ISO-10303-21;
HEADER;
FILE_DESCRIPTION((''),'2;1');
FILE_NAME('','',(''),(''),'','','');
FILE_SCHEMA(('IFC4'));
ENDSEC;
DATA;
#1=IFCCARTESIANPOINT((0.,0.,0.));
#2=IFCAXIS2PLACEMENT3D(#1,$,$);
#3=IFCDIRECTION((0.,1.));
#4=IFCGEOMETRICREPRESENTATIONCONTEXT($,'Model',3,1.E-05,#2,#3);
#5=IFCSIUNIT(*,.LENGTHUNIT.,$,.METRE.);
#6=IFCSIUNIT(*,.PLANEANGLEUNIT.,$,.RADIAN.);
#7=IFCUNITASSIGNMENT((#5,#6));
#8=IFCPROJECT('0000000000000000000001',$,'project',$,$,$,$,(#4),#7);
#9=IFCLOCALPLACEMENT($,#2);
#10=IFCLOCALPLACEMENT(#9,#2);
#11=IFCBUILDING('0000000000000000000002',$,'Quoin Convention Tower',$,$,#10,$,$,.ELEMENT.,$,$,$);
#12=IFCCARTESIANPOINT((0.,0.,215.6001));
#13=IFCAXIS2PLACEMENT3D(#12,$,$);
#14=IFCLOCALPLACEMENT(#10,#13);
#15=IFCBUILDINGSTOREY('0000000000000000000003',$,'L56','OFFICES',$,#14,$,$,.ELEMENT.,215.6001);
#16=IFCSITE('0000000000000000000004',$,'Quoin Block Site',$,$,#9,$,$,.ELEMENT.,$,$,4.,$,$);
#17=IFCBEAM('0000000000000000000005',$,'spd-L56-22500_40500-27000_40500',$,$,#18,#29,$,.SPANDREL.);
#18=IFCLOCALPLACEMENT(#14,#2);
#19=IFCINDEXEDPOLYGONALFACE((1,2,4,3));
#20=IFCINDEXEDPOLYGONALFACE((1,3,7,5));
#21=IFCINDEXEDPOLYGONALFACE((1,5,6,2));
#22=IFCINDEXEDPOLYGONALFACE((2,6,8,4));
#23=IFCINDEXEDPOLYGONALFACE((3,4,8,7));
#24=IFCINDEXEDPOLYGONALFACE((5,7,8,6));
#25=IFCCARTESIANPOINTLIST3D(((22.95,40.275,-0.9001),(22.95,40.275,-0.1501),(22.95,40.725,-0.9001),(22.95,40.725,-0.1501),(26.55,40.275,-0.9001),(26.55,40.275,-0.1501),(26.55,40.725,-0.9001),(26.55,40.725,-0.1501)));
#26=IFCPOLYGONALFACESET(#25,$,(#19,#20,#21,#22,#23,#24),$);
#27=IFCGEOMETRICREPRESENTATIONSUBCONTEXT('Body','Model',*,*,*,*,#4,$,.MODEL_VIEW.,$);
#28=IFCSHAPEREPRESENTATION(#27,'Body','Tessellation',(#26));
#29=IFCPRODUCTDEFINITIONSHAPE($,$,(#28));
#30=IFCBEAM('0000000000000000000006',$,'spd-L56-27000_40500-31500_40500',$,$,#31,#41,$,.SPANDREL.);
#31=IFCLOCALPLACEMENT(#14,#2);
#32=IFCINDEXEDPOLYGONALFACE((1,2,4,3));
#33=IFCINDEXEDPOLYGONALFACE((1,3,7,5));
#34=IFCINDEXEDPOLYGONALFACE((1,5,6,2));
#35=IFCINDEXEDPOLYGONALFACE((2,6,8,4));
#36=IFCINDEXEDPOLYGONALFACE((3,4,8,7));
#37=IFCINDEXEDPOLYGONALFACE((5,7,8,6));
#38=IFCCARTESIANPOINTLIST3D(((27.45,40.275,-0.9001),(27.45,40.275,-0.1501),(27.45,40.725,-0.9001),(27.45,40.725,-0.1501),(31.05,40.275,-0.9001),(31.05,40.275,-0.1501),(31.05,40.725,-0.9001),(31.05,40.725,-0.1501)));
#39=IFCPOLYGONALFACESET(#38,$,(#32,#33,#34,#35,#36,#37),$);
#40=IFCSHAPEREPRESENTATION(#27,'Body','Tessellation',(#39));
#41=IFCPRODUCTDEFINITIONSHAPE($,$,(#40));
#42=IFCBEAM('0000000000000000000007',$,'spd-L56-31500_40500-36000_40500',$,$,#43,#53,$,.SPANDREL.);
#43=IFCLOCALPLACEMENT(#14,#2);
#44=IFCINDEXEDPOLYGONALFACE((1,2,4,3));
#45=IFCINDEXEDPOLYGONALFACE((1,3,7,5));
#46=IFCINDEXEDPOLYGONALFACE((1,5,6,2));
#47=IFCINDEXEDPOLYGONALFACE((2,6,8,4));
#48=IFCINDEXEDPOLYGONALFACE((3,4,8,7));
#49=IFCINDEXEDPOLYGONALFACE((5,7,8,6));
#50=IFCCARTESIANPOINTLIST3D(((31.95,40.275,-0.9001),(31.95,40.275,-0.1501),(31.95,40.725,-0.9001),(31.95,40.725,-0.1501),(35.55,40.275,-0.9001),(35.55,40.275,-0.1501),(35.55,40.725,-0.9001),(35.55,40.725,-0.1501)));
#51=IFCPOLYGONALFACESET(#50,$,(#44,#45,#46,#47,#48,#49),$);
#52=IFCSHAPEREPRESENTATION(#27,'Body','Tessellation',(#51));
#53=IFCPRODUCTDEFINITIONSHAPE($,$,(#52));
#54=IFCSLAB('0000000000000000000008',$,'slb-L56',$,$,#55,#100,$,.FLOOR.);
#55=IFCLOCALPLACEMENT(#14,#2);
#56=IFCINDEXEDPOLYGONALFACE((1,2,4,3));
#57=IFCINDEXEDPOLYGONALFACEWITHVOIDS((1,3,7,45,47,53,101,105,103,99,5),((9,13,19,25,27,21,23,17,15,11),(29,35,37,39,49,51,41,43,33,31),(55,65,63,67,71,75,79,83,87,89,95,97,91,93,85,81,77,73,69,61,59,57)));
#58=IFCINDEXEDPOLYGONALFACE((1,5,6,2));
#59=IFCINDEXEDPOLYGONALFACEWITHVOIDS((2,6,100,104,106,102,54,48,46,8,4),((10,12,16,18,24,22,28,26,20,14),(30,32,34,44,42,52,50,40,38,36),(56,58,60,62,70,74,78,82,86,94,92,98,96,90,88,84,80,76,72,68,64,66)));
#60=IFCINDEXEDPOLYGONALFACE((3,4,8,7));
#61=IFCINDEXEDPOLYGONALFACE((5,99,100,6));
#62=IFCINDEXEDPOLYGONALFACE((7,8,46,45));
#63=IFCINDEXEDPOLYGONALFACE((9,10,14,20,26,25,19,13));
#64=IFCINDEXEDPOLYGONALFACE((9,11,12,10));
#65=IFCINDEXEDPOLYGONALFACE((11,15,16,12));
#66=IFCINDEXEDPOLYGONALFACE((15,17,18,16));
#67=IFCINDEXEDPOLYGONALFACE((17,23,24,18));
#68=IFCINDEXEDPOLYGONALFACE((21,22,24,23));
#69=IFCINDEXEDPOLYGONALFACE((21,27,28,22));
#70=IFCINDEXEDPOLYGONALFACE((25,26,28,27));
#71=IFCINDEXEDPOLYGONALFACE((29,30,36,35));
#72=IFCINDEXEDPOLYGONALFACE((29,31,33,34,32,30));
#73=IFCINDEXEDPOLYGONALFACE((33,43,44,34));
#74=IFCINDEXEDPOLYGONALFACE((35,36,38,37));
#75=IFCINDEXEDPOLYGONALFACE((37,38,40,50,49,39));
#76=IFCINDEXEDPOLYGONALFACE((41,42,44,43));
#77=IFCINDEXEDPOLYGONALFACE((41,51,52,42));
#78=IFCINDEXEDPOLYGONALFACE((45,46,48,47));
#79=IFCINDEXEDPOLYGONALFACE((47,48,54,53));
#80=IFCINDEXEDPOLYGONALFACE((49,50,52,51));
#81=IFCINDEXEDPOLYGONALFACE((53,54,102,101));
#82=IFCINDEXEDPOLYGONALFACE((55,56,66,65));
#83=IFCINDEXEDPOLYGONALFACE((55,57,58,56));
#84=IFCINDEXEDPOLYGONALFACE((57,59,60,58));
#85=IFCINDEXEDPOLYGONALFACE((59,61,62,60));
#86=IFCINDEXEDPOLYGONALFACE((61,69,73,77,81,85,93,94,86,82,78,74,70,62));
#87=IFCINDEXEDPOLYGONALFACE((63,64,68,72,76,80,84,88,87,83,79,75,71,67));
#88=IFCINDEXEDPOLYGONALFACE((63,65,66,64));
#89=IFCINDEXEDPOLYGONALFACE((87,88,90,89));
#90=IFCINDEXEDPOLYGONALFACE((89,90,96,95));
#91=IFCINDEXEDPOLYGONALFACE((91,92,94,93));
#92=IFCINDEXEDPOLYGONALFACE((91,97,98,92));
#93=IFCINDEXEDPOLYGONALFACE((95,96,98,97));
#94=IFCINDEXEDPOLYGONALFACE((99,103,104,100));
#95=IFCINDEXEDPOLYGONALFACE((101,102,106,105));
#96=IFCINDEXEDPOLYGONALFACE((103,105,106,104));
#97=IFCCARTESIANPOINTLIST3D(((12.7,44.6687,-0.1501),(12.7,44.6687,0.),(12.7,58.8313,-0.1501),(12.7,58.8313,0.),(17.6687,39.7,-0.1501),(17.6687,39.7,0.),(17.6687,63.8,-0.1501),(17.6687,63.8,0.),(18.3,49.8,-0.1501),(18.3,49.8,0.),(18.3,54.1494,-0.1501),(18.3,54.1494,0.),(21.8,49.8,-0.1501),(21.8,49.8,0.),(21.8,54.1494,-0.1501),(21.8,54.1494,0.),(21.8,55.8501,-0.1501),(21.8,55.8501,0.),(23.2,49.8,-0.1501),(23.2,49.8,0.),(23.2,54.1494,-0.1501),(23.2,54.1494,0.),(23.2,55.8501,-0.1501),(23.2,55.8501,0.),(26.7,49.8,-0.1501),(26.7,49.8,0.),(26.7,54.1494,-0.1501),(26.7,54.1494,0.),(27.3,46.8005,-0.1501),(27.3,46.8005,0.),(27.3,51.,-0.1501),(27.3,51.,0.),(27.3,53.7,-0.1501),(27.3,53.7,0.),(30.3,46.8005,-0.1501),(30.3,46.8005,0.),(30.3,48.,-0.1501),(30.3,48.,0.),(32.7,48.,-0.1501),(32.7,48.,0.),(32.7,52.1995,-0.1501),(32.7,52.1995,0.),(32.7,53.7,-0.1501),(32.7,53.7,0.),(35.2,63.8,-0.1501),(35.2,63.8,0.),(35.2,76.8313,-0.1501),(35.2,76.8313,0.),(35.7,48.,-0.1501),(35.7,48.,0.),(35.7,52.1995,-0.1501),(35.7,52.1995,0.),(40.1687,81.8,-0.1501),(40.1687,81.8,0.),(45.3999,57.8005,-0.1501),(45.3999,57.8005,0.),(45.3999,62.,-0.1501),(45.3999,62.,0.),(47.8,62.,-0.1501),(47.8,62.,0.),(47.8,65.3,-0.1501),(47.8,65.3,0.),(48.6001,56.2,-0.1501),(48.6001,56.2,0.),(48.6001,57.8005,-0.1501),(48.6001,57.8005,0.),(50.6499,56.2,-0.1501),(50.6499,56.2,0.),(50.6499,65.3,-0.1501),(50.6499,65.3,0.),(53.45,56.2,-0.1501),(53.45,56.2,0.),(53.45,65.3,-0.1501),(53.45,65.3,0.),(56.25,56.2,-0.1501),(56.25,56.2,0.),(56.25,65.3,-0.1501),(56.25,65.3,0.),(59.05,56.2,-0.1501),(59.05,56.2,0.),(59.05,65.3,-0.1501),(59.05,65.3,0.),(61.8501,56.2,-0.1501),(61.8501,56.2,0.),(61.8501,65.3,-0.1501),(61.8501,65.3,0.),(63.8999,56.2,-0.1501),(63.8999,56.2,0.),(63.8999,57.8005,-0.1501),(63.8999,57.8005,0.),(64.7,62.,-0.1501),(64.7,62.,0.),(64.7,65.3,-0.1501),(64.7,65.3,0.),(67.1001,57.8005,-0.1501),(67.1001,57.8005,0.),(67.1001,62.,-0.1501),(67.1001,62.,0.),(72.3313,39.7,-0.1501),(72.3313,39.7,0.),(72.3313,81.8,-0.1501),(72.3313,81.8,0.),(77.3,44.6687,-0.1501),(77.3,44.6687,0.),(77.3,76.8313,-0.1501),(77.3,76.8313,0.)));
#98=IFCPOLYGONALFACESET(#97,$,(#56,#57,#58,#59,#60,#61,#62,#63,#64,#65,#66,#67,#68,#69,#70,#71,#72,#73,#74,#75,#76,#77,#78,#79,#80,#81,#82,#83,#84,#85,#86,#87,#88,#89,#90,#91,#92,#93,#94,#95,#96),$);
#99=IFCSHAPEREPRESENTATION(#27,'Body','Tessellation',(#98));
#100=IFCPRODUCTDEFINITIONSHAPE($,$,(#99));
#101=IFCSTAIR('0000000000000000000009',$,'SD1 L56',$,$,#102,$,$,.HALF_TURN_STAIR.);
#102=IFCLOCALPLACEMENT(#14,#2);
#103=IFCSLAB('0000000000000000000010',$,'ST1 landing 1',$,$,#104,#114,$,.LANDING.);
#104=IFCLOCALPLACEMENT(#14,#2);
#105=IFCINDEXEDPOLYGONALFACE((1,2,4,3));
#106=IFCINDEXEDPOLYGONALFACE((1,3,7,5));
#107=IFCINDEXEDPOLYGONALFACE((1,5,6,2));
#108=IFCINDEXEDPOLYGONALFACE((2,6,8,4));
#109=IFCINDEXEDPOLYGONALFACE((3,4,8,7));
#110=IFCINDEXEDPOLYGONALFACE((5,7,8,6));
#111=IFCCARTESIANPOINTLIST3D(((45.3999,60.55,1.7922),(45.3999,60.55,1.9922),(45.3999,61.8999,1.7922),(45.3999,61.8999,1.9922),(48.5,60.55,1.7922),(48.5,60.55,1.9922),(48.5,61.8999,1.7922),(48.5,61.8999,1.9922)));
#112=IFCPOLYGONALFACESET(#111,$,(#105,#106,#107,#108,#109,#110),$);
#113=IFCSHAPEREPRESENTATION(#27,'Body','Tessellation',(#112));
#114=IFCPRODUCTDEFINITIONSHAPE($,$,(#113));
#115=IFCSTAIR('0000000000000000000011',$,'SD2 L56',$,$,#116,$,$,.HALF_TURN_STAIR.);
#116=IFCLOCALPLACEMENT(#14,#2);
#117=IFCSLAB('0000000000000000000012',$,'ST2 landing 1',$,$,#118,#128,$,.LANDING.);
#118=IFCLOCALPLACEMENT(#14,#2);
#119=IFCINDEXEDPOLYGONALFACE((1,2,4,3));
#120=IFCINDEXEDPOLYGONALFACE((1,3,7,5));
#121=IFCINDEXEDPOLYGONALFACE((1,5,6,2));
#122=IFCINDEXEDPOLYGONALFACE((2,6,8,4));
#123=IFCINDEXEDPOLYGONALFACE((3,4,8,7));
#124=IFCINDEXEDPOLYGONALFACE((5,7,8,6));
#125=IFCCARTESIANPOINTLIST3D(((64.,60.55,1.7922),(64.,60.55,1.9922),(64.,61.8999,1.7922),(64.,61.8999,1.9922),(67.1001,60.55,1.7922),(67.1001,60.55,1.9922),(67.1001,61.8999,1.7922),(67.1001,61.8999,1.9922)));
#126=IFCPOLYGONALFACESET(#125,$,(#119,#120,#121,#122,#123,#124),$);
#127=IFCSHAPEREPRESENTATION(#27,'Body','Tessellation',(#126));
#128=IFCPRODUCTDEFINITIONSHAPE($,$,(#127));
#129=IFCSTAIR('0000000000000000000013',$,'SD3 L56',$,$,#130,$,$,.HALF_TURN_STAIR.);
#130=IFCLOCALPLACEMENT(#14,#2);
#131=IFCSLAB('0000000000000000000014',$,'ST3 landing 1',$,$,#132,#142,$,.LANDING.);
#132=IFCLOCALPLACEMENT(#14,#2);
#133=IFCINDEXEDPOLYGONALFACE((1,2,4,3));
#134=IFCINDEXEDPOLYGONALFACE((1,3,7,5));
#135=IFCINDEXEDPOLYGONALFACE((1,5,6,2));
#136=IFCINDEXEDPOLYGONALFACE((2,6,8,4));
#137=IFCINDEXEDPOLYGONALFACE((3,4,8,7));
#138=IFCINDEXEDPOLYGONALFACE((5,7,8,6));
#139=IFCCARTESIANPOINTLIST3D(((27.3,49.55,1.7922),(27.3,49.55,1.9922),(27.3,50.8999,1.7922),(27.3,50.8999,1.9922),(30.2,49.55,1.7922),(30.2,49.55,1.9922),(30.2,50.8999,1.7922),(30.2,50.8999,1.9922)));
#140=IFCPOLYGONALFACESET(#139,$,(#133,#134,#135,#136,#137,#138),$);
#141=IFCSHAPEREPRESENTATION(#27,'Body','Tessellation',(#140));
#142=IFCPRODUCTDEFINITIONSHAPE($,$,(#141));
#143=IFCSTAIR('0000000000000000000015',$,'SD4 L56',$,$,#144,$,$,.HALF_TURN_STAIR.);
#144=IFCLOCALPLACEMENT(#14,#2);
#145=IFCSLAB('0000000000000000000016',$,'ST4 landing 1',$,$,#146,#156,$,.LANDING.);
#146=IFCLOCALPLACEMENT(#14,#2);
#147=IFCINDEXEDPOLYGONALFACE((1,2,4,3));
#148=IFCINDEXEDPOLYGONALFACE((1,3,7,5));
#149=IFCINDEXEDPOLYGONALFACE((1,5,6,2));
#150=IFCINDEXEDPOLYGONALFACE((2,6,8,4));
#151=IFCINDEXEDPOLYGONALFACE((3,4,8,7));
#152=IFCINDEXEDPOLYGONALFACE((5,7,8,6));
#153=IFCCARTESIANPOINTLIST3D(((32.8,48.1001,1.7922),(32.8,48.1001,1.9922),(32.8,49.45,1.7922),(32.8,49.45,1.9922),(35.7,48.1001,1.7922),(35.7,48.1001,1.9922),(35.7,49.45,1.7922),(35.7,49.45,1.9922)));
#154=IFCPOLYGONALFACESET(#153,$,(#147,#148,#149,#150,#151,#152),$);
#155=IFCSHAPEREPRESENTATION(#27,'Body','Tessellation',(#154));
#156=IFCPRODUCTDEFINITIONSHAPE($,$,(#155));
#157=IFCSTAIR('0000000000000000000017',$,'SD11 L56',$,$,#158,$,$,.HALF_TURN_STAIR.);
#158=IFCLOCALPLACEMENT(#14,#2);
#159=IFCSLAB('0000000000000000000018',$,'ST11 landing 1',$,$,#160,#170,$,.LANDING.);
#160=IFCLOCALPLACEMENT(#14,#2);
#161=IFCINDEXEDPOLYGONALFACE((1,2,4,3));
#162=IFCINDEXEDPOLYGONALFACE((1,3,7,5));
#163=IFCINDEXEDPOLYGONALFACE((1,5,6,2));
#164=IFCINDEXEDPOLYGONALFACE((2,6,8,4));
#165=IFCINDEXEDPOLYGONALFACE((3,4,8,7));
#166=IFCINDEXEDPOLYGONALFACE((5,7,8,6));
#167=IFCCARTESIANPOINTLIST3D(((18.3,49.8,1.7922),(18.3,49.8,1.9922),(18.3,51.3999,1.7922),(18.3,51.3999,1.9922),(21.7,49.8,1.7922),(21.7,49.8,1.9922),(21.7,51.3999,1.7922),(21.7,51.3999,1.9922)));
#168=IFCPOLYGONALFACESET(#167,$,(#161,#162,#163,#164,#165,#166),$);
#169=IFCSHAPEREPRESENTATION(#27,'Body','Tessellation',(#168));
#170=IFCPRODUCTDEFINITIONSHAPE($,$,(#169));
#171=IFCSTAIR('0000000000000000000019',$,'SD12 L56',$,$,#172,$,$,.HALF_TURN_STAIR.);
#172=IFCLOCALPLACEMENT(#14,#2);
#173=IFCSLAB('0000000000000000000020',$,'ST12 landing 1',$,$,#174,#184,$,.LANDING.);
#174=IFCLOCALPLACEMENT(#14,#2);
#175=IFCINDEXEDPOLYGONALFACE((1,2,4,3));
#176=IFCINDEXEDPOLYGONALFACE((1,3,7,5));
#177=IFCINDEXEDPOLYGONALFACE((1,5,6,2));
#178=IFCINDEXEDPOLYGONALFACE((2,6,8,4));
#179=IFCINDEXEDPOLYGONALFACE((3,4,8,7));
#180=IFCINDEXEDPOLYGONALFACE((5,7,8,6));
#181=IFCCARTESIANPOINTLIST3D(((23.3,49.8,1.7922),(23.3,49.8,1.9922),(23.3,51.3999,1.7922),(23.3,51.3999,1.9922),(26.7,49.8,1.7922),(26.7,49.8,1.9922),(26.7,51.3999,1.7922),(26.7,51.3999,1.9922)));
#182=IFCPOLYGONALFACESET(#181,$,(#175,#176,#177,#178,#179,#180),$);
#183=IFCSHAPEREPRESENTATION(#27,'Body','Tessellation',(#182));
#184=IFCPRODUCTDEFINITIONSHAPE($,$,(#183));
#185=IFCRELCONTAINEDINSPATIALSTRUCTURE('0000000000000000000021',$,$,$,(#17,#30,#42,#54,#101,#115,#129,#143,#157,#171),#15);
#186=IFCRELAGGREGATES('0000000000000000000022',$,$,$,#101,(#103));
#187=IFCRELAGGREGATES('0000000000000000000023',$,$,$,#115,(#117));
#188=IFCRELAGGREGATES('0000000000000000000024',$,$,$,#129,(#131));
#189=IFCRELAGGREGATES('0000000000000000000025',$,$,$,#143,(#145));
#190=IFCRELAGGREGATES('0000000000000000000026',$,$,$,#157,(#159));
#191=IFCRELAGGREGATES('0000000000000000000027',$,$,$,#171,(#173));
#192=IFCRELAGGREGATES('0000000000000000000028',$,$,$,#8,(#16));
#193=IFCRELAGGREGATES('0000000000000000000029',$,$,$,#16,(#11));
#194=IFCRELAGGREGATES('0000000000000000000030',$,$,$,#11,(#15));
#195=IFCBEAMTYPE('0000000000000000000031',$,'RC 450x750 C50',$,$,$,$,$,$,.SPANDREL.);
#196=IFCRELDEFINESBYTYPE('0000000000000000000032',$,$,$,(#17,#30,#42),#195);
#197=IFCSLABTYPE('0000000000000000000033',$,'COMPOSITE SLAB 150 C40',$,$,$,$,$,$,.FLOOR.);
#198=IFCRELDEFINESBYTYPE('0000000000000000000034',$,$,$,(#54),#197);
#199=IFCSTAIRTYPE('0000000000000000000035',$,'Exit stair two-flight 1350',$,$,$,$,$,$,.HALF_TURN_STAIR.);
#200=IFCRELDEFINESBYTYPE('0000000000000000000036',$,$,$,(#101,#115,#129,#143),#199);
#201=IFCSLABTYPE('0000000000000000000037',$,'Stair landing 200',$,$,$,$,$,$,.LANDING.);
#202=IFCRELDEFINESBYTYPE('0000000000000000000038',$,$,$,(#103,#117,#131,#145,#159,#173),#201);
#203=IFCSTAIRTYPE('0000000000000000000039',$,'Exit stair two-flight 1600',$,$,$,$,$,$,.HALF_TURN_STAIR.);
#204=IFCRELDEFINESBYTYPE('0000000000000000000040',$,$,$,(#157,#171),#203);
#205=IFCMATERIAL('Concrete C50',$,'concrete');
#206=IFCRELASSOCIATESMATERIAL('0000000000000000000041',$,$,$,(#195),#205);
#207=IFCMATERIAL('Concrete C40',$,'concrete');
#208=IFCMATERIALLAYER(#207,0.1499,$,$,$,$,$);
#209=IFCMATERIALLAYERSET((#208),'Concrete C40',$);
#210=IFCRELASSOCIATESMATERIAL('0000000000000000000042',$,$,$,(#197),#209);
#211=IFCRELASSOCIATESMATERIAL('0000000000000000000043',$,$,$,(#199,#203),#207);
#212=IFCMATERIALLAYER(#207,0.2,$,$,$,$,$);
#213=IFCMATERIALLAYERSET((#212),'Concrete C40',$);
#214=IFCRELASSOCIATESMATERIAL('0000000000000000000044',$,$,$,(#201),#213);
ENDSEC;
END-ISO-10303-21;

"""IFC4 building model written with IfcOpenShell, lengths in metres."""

from ifc_helpers import new_model, si_unit, direction, frame, origin, origin_2d, place, context, subcontext, project, spatial, polyline, rectangle, outline, extrude, material, layer, layer_set, material_profile, profile_set, type_object, element, aggregate, save


model = new_model("IFC4")

# Units and contexts
model_context = context("Model", 3, precision=1e-05, world=origin(), true_north=direction((0.0, 1.0)))
body_context = subcontext(model_context, "Body", "Model", "MODEL_VIEW")
ifc_project = project(units=[si_unit("LENGTHUNIT", "METRE"), si_unit("PLANEANGLEUNIT", "RADIAN")], contexts=[model_context])

# Site, building, storey
site_placement = place(None, origin())
site = spatial("IfcSite", under=ifc_project, at=site_placement, Name="Quoin Block Site", CompositionType="ELEMENT", RefElevation=4.0)
building_placement = place(site_placement, origin())
building = spatial("IfcBuilding", under=site, at=building_placement, Name="Quoin Convention Tower", CompositionType="ELEMENT")
storey_placement = place(building_placement, frame((0.0, 0.0, 215.6001)))
storey = spatial("IfcBuildingStorey", under=building, at=storey_placement, Name="L56", Description="OFFICES", CompositionType="ELEMENT", Elevation=215.6001)

# Shared definitions
ifc_material_1 = material(Name="Concrete C50", Category="concrete")

# Beams
ifc_material_profile_1 = material_profile(ifc_material_1, rectangle(XDim=0.45, YDim=0.75, at=origin_2d()), Name="RC 450x750")
ifc_profile_set_1 = profile_set([ifc_material_profile_1], Name="Concrete C50")
beam_type_1 = type_object("IfcBeamType", Name="RC 450x750 C50", PredefinedType="SPANDREL", material=ifc_profile_set_1)
for number, where, z_axis, x_axis, name in (
    (1, (22.95, 40.5, -0.5251), (1.0, 0.0, 0.0), (0.0, 1.0, 0.0), "spd-L56-22500_40500-27000_40500"),
    (2, (27.45, 40.5, -0.5251), (1.0, 0.0, 0.0), (0.0, 1.0, 0.0), "spd-L56-27000_40500-31500_40500"),
    (3, (31.95, 40.5, -0.5251), (1.0, 0.0, 0.0), (0.0, 1.0, 0.0), "spd-L56-31500_40500-36000_40500"),
):
    element("IfcBeam", number, at=place(storey_placement, frame(where, z_axis=z_axis, x_axis=x_axis)), inside=storey, type_object=beam_type_1, Name=name, PredefinedType="SPANDREL", context=body_context, shape_type="SweptSolid", body=[
        extrude(rectangle(XDim=0.45, YDim=0.75, at=origin_2d()), origin(), (0.0, 0.0, 1.0), 3.6001),
    ])

# Slab
ifc_material_2 = material(Name="Concrete C40", Category="concrete")
ifc_layer_1 = layer(ifc_material_2, 0.1499)
ifc_layer_set_1 = layer_set([ifc_layer_1], Name="Concrete C40")
slab_type_1 = type_object("IfcSlabType", Name="COMPOSITE SLAB 150 C40", PredefinedType="FLOOR", material=ifc_layer_set_1)
slab_1_placement = place(storey_placement, frame((0.0, 0.0, -0.1501)))
element("IfcSlab", 4, at=slab_1_placement, inside=storey, type_object=slab_type_1, Name="slb-L56", PredefinedType="FLOOR", context=body_context, shape_type="SweptSolid", body=[
    extrude(outline(polyline([(17.6687, 39.7), (12.7, 44.6687), (12.7, 58.8313), (17.6687, 63.8), (35.2, 63.8), (35.2, 76.8313), (40.1687, 81.8), (72.3313, 81.8), (77.3, 76.8313), (77.3, 44.6687), (72.3313, 39.7), (17.6687, 39.7)]), holes=[polyline([(27.3, 51.0), (27.3, 46.8005), (30.3, 46.8005), (30.3, 48.0), (32.7, 48.0), (35.7, 48.0), (35.7, 52.1995), (32.7, 52.1995), (32.7, 53.7), (27.3, 53.7), (27.3, 51.0)]), polyline([(18.3, 49.8), (21.8, 49.8), (23.2, 49.8), (26.7, 49.8), (26.7, 54.1494), (23.2, 54.1494), (23.2, 55.8501), (21.8, 55.8501), (21.8, 54.1494), (18.3, 54.1494), (18.3, 49.8)]), polyline([(48.6001, 56.2), (50.6499, 56.2), (53.45, 56.2), (56.25, 56.2), (59.05, 56.2), (61.8501, 56.2), (63.8999, 56.2), (63.8999, 57.8005), (67.1001, 57.8005), (67.1001, 62.0), (64.7, 62.0), (64.7, 65.3), (61.8501, 65.3), (59.05, 65.3), (56.25, 65.3), (53.45, 65.3), (50.6499, 65.3), (47.8, 65.3), (47.8, 62.0), (45.3999, 62.0), (45.3999, 57.8005), (48.6001, 57.8005), (48.6001, 56.2)])]), origin(), (0.0, 0.0, 1.0), 0.1501),
])

# Stairs, slabs
stair_type_1 = type_object("IfcStairType", Name="Exit stair two-flight 1350", PredefinedType="HALF_TURN_STAIR", material=ifc_material_2)
stair_1_placement = place(storey_placement, origin())
stair_1 = element("IfcStair", 5, at=stair_1_placement, inside=storey, type_object=stair_type_1, Name="SD1 L56", PredefinedType="HALF_TURN_STAIR")
ifc_layer_2 = layer(ifc_material_2, 0.2)
ifc_layer_set_2 = layer_set([ifc_layer_2], Name="Concrete C40")
slab_type_2 = type_object("IfcSlabType", Name="Stair landing 200", PredefinedType="LANDING", material=ifc_layer_set_2)
slab_2_placement = place(storey_placement, frame((0.0, 0.0, 1.7922)))
slab_2 = element("IfcSlab", 6, at=slab_2_placement, type_object=slab_type_2, Name="ST1 landing 1", PredefinedType="LANDING", context=body_context, shape_type="SweptSolid", body=[
    extrude(outline(polyline([(45.3999, 60.55), (48.5, 60.55), (48.5, 61.8999), (45.3999, 61.8999), (45.3999, 60.55)])), origin(), (0.0, 0.0, 1.0), 0.2),
])
aggregate(stair_1, [slab_2])
stair_2_placement = place(storey_placement, origin())
stair_2 = element("IfcStair", 7, at=stair_2_placement, inside=storey, type_object=stair_type_1, Name="SD2 L56", PredefinedType="HALF_TURN_STAIR")
slab_3_placement = place(storey_placement, frame((0.0, 0.0, 1.7922)))
slab_3 = element("IfcSlab", 8, at=slab_3_placement, type_object=slab_type_2, Name="ST2 landing 1", PredefinedType="LANDING", context=body_context, shape_type="SweptSolid", body=[
    extrude(outline(polyline([(64.0, 60.55), (67.1001, 60.55), (67.1001, 61.8999), (64.0, 61.8999), (64.0, 60.55)])), origin(), (0.0, 0.0, 1.0), 0.2),
])
aggregate(stair_2, [slab_3])
stair_3_placement = place(storey_placement, origin())
stair_3 = element("IfcStair", 9, at=stair_3_placement, inside=storey, type_object=stair_type_1, Name="SD3 L56", PredefinedType="HALF_TURN_STAIR")
slab_4_placement = place(storey_placement, frame((0.0, 0.0, 1.7922)))
slab_4 = element("IfcSlab", 10, at=slab_4_placement, type_object=slab_type_2, Name="ST3 landing 1", PredefinedType="LANDING", context=body_context, shape_type="SweptSolid", body=[
    extrude(outline(polyline([(27.3, 49.55), (30.2, 49.55), (30.2, 50.8999), (27.3, 50.8999), (27.3, 49.55)])), origin(), (0.0, 0.0, 1.0), 0.2),
])
aggregate(stair_3, [slab_4])
stair_4_placement = place(storey_placement, origin())
stair_4 = element("IfcStair", 11, at=stair_4_placement, inside=storey, type_object=stair_type_1, Name="SD4 L56", PredefinedType="HALF_TURN_STAIR")
slab_5_placement = place(storey_placement, frame((0.0, 0.0, 1.7922)))
slab_5 = element("IfcSlab", 12, at=slab_5_placement, type_object=slab_type_2, Name="ST4 landing 1", PredefinedType="LANDING", context=body_context, shape_type="SweptSolid", body=[
    extrude(outline(polyline([(35.7, 49.45), (32.8, 49.45), (32.8, 48.1001), (35.7, 48.1001), (35.7, 49.45)])), origin(), (0.0, 0.0, 1.0), 0.2),
])
aggregate(stair_4, [slab_5])
stair_type_2 = type_object("IfcStairType", Name="Exit stair two-flight 1600", PredefinedType="HALF_TURN_STAIR", material=ifc_material_2)
stair_5_placement = place(storey_placement, origin())
stair_5 = element("IfcStair", 13, at=stair_5_placement, inside=storey, type_object=stair_type_2, Name="SD11 L56", PredefinedType="HALF_TURN_STAIR")
slab_6_placement = place(storey_placement, frame((0.0, 0.0, 1.7922)))
slab_6 = element("IfcSlab", 14, at=slab_6_placement, type_object=slab_type_2, Name="ST11 landing 1", PredefinedType="LANDING", context=body_context, shape_type="SweptSolid", body=[
    extrude(outline(polyline([(21.7, 51.3999), (18.3, 51.3999), (18.3, 49.8), (21.7, 49.8), (21.7, 51.3999)])), origin(), (0.0, 0.0, 1.0), 0.2),
])
aggregate(stair_5, [slab_6])
stair_6_placement = place(storey_placement, origin())
stair_6 = element("IfcStair", 15, at=stair_6_placement, inside=storey, type_object=stair_type_2, Name="SD12 L56", PredefinedType="HALF_TURN_STAIR")
slab_7_placement = place(storey_placement, frame((0.0, 0.0, 1.7922)))
slab_7 = element("IfcSlab", 16, at=slab_7_placement, type_object=slab_type_2, Name="ST12 landing 1", PredefinedType="LANDING", context=body_context, shape_type="SweptSolid", body=[
    extrude(outline(polyline([(26.7, 51.3999), (23.3, 51.3999), (23.3, 49.8), (26.7, 49.8), (26.7, 51.3999)])), origin(), (0.0, 0.0, 1.0), 0.2),
])
aggregate(stair_6, [slab_7])

save(model, "model.ifc")
